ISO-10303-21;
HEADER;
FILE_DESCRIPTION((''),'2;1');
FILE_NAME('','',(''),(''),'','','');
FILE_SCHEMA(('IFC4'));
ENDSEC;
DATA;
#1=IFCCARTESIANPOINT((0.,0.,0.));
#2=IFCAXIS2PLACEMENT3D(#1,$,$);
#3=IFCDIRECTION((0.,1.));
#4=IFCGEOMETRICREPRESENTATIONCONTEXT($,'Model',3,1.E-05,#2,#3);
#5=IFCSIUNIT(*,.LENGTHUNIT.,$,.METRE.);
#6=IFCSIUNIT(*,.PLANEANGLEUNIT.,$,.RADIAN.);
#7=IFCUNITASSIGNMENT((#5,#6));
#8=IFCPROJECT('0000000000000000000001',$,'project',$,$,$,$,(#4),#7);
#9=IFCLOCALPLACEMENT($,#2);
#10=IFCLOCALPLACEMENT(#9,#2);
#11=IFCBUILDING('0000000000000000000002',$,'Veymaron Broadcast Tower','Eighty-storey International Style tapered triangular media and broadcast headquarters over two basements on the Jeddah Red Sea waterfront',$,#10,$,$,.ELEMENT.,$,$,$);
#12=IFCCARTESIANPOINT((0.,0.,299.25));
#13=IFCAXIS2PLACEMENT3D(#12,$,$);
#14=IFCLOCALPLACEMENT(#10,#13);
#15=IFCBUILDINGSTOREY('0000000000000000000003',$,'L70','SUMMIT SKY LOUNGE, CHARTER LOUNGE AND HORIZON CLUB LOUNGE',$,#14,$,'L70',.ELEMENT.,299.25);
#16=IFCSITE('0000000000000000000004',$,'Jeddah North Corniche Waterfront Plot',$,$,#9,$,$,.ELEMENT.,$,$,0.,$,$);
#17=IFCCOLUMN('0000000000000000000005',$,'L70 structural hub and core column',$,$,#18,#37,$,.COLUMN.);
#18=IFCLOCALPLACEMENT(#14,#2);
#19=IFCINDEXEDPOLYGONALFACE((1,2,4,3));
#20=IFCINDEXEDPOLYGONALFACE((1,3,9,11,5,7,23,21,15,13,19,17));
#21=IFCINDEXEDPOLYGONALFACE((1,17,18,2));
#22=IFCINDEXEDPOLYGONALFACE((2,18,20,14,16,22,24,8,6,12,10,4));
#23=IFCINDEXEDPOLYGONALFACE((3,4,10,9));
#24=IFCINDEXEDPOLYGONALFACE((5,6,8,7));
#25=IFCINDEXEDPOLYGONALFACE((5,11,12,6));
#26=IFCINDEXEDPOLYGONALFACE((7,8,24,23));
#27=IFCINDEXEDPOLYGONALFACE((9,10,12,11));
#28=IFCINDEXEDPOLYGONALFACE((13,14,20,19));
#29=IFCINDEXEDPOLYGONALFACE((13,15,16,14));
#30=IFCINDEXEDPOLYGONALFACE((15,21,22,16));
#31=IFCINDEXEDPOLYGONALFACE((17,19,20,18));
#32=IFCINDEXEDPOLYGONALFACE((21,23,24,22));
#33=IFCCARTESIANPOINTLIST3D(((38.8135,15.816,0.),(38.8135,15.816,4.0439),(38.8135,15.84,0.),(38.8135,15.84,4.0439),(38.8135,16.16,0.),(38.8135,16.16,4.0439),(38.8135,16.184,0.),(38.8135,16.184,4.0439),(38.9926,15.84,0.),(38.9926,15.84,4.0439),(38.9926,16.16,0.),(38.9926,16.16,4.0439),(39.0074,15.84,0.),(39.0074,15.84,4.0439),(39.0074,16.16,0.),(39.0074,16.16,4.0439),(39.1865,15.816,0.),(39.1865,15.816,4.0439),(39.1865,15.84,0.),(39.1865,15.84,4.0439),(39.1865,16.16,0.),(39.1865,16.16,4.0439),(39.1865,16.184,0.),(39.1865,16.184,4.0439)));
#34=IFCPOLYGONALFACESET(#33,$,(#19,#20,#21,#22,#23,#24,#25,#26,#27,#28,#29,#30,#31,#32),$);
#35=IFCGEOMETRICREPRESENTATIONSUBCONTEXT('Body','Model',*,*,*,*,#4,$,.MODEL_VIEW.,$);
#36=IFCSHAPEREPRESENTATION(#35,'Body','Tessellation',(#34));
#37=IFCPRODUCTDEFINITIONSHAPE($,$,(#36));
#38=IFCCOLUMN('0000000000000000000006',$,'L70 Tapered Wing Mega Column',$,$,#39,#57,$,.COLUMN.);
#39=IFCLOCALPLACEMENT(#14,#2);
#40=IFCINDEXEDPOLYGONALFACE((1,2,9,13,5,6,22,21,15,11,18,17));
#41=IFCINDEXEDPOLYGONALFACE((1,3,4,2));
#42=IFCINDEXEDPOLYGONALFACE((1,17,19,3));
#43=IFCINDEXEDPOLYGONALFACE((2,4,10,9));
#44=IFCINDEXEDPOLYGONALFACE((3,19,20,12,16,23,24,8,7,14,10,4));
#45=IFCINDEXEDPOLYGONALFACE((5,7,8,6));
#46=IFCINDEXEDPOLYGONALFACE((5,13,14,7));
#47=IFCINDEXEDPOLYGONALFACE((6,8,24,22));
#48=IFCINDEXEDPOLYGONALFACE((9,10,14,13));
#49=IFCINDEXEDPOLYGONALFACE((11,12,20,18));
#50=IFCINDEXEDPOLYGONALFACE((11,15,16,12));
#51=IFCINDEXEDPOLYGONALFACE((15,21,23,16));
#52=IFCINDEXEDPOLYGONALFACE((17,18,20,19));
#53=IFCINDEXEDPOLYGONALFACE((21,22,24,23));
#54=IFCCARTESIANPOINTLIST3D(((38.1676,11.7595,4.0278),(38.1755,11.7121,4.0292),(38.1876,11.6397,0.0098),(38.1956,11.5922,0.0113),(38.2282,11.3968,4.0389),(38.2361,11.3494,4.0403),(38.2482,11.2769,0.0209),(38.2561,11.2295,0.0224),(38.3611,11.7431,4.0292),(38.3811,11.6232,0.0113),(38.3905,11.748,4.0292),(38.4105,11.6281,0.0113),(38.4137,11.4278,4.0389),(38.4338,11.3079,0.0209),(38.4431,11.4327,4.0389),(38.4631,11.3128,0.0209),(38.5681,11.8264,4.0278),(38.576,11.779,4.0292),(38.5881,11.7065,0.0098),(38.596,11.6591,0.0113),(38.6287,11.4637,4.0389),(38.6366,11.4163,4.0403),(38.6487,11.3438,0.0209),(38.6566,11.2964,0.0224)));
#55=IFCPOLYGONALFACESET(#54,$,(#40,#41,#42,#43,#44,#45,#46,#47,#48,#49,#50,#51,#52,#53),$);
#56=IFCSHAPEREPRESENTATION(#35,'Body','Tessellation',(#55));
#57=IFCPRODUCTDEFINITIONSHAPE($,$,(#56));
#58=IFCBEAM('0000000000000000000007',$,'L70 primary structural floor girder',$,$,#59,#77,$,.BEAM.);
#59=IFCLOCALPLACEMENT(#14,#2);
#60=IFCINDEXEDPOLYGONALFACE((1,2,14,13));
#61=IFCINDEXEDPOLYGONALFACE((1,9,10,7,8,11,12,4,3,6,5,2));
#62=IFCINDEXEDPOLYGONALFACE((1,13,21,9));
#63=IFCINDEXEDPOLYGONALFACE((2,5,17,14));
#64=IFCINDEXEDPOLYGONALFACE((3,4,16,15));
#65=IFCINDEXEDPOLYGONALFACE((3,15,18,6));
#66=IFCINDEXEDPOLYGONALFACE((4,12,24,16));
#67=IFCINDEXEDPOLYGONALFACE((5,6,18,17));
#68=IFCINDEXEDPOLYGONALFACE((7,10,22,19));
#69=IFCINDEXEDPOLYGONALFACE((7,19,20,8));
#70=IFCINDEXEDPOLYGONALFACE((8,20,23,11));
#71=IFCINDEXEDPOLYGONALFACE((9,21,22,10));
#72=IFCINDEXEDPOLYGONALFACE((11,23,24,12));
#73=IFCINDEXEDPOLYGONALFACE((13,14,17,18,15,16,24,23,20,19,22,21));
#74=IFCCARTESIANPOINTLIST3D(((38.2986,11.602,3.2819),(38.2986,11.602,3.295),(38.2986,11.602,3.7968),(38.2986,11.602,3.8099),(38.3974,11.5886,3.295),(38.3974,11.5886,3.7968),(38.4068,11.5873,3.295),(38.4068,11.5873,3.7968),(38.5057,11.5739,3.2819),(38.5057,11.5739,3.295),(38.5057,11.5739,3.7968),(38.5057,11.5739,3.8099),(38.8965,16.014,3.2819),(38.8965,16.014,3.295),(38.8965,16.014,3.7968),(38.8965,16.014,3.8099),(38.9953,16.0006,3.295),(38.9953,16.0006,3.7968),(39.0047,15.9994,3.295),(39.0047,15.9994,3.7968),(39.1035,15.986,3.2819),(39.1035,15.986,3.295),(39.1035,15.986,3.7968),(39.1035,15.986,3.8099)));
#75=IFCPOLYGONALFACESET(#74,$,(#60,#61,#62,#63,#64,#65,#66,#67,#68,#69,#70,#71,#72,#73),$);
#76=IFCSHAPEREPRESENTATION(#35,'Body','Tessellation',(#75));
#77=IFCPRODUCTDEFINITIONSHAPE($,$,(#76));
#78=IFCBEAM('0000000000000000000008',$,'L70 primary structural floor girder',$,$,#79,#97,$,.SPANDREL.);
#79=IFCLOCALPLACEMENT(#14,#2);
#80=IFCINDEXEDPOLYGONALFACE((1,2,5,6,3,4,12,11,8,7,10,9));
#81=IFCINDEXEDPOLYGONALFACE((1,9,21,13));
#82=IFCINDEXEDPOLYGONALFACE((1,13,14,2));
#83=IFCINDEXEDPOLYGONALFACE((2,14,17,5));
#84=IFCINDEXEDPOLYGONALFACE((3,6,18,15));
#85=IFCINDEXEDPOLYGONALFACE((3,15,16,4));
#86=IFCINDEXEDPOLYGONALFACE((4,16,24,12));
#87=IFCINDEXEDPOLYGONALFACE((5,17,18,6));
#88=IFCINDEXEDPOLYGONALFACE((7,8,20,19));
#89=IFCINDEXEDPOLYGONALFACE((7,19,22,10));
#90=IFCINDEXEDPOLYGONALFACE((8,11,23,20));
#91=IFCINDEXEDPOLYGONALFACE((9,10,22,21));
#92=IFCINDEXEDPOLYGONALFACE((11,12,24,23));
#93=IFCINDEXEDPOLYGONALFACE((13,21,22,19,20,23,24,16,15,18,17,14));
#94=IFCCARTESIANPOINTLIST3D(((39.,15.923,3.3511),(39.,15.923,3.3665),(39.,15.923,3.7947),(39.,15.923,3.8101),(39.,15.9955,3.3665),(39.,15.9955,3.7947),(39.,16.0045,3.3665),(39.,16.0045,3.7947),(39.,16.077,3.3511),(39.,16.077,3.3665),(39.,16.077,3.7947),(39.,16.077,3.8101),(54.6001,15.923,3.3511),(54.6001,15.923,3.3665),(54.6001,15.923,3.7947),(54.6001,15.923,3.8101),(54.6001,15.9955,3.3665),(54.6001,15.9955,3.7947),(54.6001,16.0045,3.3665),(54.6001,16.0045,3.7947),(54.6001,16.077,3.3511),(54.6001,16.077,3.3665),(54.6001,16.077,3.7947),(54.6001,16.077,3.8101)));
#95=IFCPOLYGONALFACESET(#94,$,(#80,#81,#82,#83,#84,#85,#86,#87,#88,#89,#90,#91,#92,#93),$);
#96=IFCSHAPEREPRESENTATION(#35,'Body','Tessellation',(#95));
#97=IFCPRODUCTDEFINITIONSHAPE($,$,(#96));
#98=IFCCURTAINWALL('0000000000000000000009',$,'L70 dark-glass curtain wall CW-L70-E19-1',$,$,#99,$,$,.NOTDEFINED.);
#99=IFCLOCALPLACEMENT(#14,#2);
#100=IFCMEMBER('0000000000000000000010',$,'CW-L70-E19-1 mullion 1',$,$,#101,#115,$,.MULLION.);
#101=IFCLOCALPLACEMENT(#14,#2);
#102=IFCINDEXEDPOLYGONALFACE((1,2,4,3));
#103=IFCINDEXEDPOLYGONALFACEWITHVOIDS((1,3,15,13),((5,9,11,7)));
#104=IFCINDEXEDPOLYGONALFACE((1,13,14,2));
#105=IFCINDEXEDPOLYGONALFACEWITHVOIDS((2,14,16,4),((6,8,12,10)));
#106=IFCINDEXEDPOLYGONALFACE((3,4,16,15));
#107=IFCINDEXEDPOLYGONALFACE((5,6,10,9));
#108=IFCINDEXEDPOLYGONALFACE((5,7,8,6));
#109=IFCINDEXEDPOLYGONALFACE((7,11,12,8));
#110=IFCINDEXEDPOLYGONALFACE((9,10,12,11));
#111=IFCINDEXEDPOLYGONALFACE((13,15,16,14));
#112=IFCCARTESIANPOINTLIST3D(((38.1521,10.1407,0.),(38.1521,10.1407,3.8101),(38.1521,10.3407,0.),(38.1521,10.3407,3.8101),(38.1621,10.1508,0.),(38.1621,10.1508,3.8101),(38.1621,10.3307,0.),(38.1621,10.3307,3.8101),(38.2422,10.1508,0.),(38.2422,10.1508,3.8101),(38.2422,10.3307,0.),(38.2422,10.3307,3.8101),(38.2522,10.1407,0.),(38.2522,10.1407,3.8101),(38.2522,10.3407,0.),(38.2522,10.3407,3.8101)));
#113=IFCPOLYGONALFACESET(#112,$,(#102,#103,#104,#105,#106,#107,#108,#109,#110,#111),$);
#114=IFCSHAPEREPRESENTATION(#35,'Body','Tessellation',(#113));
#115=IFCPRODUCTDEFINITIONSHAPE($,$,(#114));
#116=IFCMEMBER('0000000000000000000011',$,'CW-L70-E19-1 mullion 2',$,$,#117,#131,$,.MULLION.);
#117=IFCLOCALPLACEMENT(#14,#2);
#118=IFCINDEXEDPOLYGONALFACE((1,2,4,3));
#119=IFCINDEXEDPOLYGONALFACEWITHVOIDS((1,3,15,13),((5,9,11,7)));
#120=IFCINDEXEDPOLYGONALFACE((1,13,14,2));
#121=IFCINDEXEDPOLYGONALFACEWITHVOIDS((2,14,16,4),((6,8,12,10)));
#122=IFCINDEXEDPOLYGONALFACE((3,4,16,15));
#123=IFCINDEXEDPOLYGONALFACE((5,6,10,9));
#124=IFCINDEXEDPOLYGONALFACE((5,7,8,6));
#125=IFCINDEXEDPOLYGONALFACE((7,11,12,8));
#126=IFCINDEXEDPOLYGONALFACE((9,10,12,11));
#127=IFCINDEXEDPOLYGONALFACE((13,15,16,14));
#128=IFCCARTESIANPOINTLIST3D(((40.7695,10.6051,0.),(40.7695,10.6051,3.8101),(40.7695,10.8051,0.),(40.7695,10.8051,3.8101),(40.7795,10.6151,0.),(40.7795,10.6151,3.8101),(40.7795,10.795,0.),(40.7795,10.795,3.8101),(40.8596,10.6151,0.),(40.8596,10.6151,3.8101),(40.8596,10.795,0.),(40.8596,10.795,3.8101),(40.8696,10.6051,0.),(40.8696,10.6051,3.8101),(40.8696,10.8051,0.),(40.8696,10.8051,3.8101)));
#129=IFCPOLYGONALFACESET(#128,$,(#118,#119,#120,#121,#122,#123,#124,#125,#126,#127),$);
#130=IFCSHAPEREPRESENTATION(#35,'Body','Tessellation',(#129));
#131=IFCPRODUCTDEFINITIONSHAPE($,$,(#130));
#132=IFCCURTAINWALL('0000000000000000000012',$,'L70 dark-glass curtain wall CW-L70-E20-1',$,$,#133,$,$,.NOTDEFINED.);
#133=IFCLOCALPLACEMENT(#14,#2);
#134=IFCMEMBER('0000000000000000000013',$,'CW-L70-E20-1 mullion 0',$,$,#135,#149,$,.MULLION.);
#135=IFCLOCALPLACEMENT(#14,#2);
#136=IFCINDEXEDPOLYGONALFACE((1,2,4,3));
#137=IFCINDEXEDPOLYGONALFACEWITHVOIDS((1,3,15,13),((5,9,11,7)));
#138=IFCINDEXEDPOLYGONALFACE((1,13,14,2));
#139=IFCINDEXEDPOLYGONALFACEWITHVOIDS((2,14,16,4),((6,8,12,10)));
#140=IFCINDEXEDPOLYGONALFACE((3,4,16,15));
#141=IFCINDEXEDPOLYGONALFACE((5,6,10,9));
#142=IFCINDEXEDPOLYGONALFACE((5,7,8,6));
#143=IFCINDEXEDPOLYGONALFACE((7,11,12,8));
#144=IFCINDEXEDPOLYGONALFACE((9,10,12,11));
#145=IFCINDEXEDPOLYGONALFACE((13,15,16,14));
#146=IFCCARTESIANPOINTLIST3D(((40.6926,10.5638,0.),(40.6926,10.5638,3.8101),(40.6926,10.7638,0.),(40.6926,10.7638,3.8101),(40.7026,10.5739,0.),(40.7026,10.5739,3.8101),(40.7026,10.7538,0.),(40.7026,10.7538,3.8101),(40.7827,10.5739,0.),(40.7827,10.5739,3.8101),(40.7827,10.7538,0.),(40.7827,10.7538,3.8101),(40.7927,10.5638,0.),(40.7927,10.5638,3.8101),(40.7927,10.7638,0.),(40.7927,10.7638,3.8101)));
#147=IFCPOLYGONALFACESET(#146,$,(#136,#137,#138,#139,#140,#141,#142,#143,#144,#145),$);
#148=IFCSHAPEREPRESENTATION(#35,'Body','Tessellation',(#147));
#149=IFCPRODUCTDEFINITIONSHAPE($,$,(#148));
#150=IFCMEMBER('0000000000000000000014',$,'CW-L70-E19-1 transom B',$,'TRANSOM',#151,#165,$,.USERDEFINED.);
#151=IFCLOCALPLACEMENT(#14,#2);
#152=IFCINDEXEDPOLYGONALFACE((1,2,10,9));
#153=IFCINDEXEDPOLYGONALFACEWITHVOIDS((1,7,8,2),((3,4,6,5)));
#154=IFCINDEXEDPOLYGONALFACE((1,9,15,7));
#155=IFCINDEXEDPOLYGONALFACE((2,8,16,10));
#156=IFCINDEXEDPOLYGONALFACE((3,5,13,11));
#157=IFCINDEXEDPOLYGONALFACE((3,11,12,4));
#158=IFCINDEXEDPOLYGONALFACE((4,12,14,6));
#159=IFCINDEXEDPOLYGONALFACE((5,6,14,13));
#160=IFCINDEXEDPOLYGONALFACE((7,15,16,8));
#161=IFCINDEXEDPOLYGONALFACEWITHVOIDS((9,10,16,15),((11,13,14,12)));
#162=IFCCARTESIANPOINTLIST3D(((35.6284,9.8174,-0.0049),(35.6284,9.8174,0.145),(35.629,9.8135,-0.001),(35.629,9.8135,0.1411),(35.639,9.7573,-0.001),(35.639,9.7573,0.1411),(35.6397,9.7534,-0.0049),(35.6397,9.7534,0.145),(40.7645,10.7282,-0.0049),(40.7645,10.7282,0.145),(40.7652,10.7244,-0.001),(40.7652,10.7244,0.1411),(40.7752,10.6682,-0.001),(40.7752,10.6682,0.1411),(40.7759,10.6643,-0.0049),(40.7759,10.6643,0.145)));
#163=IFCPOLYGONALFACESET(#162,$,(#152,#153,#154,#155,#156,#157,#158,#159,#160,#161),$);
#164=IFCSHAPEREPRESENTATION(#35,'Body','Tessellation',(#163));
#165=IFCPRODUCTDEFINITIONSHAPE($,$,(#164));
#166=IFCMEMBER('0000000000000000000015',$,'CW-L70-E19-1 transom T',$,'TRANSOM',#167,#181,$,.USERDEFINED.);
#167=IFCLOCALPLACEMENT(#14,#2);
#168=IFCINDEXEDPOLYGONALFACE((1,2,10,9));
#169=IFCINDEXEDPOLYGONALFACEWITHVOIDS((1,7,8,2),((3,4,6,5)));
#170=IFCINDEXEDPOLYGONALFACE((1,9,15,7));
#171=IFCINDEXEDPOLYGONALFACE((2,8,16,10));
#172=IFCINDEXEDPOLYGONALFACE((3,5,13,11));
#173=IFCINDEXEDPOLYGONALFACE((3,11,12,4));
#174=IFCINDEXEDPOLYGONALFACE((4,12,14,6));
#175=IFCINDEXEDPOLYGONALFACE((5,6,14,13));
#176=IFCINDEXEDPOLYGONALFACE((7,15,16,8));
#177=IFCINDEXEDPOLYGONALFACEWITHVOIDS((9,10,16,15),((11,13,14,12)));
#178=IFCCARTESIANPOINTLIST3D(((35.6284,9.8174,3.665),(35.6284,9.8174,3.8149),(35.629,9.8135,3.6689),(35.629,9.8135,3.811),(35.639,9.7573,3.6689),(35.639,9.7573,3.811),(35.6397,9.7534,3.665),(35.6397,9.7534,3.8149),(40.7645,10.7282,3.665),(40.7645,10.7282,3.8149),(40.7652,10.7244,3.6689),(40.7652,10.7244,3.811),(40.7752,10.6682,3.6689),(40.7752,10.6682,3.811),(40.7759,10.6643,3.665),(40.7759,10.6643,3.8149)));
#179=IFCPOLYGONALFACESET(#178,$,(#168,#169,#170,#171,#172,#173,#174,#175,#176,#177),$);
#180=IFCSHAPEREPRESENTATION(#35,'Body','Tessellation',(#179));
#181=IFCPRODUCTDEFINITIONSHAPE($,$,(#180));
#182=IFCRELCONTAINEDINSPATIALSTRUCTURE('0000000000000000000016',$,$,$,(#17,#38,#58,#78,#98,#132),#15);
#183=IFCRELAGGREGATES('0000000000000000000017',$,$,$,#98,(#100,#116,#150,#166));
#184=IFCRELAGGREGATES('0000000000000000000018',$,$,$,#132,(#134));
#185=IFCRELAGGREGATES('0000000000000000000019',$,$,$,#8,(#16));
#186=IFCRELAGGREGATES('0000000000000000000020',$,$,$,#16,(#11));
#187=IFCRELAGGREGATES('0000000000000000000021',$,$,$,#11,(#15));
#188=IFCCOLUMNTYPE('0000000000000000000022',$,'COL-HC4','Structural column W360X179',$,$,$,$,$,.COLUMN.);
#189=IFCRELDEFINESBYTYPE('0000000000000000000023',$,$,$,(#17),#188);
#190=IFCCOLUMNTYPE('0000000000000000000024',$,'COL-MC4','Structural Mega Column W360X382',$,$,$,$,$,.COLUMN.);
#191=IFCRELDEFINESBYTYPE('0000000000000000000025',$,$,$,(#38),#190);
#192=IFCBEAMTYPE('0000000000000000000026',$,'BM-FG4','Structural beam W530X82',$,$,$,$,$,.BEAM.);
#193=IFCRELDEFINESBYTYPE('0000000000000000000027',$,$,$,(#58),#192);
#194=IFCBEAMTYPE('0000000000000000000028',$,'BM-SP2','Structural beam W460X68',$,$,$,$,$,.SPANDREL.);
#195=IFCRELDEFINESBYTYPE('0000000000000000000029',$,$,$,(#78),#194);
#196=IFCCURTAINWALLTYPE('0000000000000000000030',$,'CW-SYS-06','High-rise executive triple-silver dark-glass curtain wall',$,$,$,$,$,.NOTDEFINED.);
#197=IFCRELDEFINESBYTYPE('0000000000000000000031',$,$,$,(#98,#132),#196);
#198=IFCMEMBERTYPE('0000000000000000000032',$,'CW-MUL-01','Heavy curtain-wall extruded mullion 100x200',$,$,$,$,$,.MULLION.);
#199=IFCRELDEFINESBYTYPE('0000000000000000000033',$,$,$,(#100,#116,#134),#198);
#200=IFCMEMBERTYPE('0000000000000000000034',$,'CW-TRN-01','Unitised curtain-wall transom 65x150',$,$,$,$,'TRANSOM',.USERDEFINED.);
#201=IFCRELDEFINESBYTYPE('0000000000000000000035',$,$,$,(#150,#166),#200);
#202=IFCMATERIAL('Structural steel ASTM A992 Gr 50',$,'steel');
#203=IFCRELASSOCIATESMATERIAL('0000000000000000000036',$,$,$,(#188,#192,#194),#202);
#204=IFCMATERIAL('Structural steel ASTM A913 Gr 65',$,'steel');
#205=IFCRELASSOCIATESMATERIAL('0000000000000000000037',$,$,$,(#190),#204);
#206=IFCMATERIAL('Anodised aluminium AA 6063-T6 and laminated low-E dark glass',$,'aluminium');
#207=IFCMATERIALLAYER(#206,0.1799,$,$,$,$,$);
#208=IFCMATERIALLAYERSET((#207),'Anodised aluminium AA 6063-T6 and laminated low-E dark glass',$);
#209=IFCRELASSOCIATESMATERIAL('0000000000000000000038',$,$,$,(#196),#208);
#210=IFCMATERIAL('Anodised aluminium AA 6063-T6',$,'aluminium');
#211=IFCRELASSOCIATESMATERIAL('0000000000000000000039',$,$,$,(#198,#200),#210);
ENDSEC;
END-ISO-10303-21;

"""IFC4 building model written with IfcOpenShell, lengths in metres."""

from ifc_helpers import new_model, si_unit, direction, frame, origin, origin_2d, place, context, subcontext, project, spatial, hollow_rectangle, i_section, extrude, material, layer, layer_set, material_profile, profile_set, type_object, element, aggregate, save


model = new_model("IFC4")

# Units and contexts
model_context = context("Model", 3, precision=1e-05, world=origin(), true_north=direction((0.0, 1.0)))
body_context = subcontext(model_context, "Body", "Model", "MODEL_VIEW")
ifc_project = project(units=[si_unit("LENGTHUNIT", "METRE"), si_unit("PLANEANGLEUNIT", "RADIAN")], contexts=[model_context])

# Site, building, storey
site_placement = place(None, origin())
site = spatial("IfcSite", under=ifc_project, at=site_placement, Name="Jeddah North Corniche Waterfront Plot", CompositionType="ELEMENT", RefElevation=0.0)
building_placement = place(site_placement, origin())
building = spatial("IfcBuilding", under=site, at=building_placement, Name="Veymaron Broadcast Tower", Description="Eighty-storey International Style tapered triangular media and broadcast headquarters over two basements on the Jeddah Red Sea waterfront", CompositionType="ELEMENT")
storey_placement = place(building_placement, frame((0.0, 0.0, 299.25)))
storey = spatial("IfcBuildingStorey", under=building, at=storey_placement, Name="L70", Description="SUMMIT SKY LOUNGE, CHARTER LOUNGE AND HORIZON CLUB LOUNGE", LongName="L70", CompositionType="ELEMENT", Elevation=299.25)

# Columns
ifc_material_1 = material(Name="Structural steel ASTM A992 Gr 50", Category="steel")
ifc_material_profile_1 = material_profile(ifc_material_1, i_section(OverallWidth=0.373, OverallDepth=0.3679, WebThickness=0.0149, FlangeThickness=0.0239, at=origin_2d()), Name="W360X179")
ifc_profile_set_1 = profile_set([ifc_material_profile_1], Name="Structural steel ASTM A992 Gr 50")
column_type_1 = type_object("IfcColumnType", Name="COL-HC4", Description="Structural column W360X179", PredefinedType="COLUMN", material=ifc_profile_set_1)
column_1_placement = place(storey_placement, frame((39.0, 16.0, 0.0), z_axis=(0.0, 0.0, 1.0), x_axis=(1.0, 0.0, 0.0)))
element("IfcColumn", 1, at=column_1_placement, inside=storey, type_object=column_type_1, Name="L70 structural hub and core column", PredefinedType="COLUMN", context=body_context, shape_type="SweptSolid", body=[
    extrude(i_section(OverallWidth=0.373, OverallDepth=0.3679, WebThickness=0.0149, FlangeThickness=0.0239, at=origin_2d()), origin(), (0.0, 0.0, 1.0), 4.0439),
])
ifc_material_2 = material(Name="Structural steel ASTM A913 Gr 65", Category="steel")
ifc_material_profile_2 = material_profile(ifc_material_2, i_section(OverallWidth=0.406, OverallDepth=0.416, WebThickness=0.0298, FlangeThickness=0.0481, at=origin_2d()), Name="W360X382")
ifc_profile_set_2 = profile_set([ifc_material_profile_2], Name="Structural steel ASTM A913 Gr 65")
column_type_2 = type_object("IfcColumnType", Name="COL-MC4", Description="Structural Mega Column W360X382", PredefinedType="COLUMN", material=ifc_profile_set_2)
column_2_placement = place(storey_placement, frame((38.4221, 11.468, 0.0161), z_axis=(-0.00498, 0.029822, 0.999543), x_axis=(-0.98634, -0.164725, 0.0)))
element("IfcColumn", 2, at=column_2_placement, inside=storey, type_object=column_type_2, Name="L70 Tapered Wing Mega Column", PredefinedType="COLUMN", context=body_context, shape_type="SweptSolid", body=[
    extrude(i_section(OverallWidth=0.406, OverallDepth=0.416, WebThickness=0.0298, FlangeThickness=0.0481, at=origin_2d()), origin(), (0.0, 0.0, 1.0), 4.0198),
])

# Beams
ifc_material_profile_3 = material_profile(ifc_material_1, i_section(OverallWidth=0.209, OverallDepth=0.5281, WebThickness=0.0095, FlangeThickness=0.0132, at=origin_2d()), Name="W530X82")
ifc_profile_set_3 = profile_set([ifc_material_profile_3], Name="Structural steel ASTM A992 Gr 50")
beam_type_1 = type_object("IfcBeamType", Name="BM-FG4", Description="Structural beam W530X82", PredefinedType="BEAM", material=ifc_profile_set_3)
beam_1_placement = place(storey_placement, frame((39.0, 16.0, 3.5459), z_axis=(-0.134286, -0.990943, 0.0), x_axis=(0.990943, -0.134286, 0.0)))
element("IfcBeam", 3, at=beam_1_placement, inside=storey, type_object=beam_type_1, Name="L70 primary structural floor girder", PredefinedType="BEAM", context=body_context, shape_type="SweptSolid", body=[
    extrude(i_section(OverallWidth=0.209, OverallDepth=0.5281, WebThickness=0.0095, FlangeThickness=0.0132, at=origin_2d()), origin(), (0.0, 0.0, 1.0), 4.4524),
])
ifc_material_profile_4 = material_profile(ifc_material_1, i_section(OverallWidth=0.1541, OverallDepth=0.459, WebThickness=0.009, FlangeThickness=0.0154, at=origin_2d()), Name="W460X68")
ifc_profile_set_4 = profile_set([ifc_material_profile_4], Name="Structural steel ASTM A992 Gr 50")
beam_type_2 = type_object("IfcBeamType", Name="BM-SP2", Description="Structural beam W460X68", PredefinedType="SPANDREL", material=ifc_profile_set_4)
beam_2_placement = place(storey_placement, frame((39.0, 16.0, 3.5806), z_axis=(1.0, 0.0, 0.0), x_axis=(0.0, 1.0, 0.0)))
element("IfcBeam", 4, at=beam_2_placement, inside=storey, type_object=beam_type_2, Name="L70 primary structural floor girder", PredefinedType="SPANDREL", context=body_context, shape_type="SweptSolid", body=[
    extrude(i_section(OverallWidth=0.1541, OverallDepth=0.459, WebThickness=0.009, FlangeThickness=0.0154, at=origin_2d()), origin(), (0.0, 0.0, 1.0), 15.6001),
])

# Curtain wall, members
ifc_material_3 = material(Name="Anodised aluminium AA 6063-T6 and laminated low-E dark glass", Category="aluminium")
ifc_layer_1 = layer(ifc_material_3, 0.1799)
ifc_layer_set_1 = layer_set([ifc_layer_1], Name="Anodised aluminium AA 6063-T6 and laminated low-E dark glass")
curtain_wall_type = type_object("IfcCurtainWallType", Name="CW-SYS-06", Description="High-rise executive triple-silver dark-glass curtain wall", PredefinedType="NOTDEFINED", material=ifc_layer_set_1)
curtain_wall_1_placement = place(storey_placement, origin())
curtain_wall_1 = element("IfcCurtainWall", 5, at=curtain_wall_1_placement, inside=storey, type_object=curtain_wall_type, Name="L70 dark-glass curtain wall CW-L70-E19-1", PredefinedType="NOTDEFINED")
ifc_material_4 = material(Name="Anodised aluminium AA 6063-T6", Category="aluminium")
ifc_material_profile_5 = material_profile(ifc_material_4, hollow_rectangle(XDim=0.1001, YDim=0.2, WallThickness=0.01, at=origin_2d()), Name="RHS200X100X10")
ifc_profile_set_5 = profile_set([ifc_material_profile_5], Name="Anodised aluminium AA 6063-T6")
member_type_1 = type_object("IfcMemberType", Name="CW-MUL-01", Description="Heavy curtain-wall extruded mullion 100x200", PredefinedType="MULLION", material=ifc_profile_set_5)
member_1_placement = place(storey_placement, frame((38.2021, 10.2407, 0.0), z_axis=(0.0, 0.0, 1.0), x_axis=(1.0, 0.0, 0.0)))
member_1 = element("IfcMember", 6, at=member_1_placement, type_object=member_type_1, Name="CW-L70-E19-1 mullion 1", PredefinedType="MULLION", context=body_context, shape_type="SweptSolid", body=[
    extrude(hollow_rectangle(XDim=0.1001, YDim=0.2, WallThickness=0.01, at=origin_2d()), origin(), (0.0, 0.0, 1.0), 3.8101),
])
member_2_placement = place(storey_placement, frame((40.8196, 10.7051, 0.0), z_axis=(0.0, 0.0, 1.0), x_axis=(1.0, 0.0, 0.0)))
member_2 = element("IfcMember", 7, at=member_2_placement, type_object=member_type_1, Name="CW-L70-E19-1 mullion 2", PredefinedType="MULLION", context=body_context, shape_type="SweptSolid", body=[
    extrude(hollow_rectangle(XDim=0.1001, YDim=0.2, WallThickness=0.01, at=origin_2d()), origin(), (0.0, 0.0, 1.0), 3.8101),
])

# Curtain wall, member
curtain_wall_2_placement = place(storey_placement, origin())
curtain_wall_2 = element("IfcCurtainWall", 8, at=curtain_wall_2_placement, inside=storey, type_object=curtain_wall_type, Name="L70 dark-glass curtain wall CW-L70-E20-1", PredefinedType="NOTDEFINED")
member_3_placement = place(storey_placement, frame((40.7427, 10.6638, 0.0), z_axis=(0.0, 0.0, 1.0), x_axis=(1.0, 0.0, 0.0)))
member_3 = element("IfcMember", 9, at=member_3_placement, type_object=member_type_1, Name="CW-L70-E20-1 mullion 0", PredefinedType="MULLION", context=body_context, shape_type="SweptSolid", body=[
    extrude(hollow_rectangle(XDim=0.1001, YDim=0.2, WallThickness=0.01, at=origin_2d()), origin(), (0.0, 0.0, 1.0), 3.8101),
])

# Members
ifc_material_profile_6 = material_profile(ifc_material_4, hollow_rectangle(XDim=0.0649, YDim=0.1499, WallThickness=0.0039, at=origin_2d()), Name="AL150X65X4")
ifc_profile_set_6 = profile_set([ifc_material_profile_6], Name="Anodised aluminium AA 6063-T6")
member_type_2 = type_object("IfcMemberType", Name="CW-TRN-01", Description="Unitised curtain-wall transom 65x150", ElementType="TRANSOM", PredefinedType="USERDEFINED", material=ifc_profile_set_6)
member_4_placement = place(storey_placement, frame((35.634, 9.7854, 0.0701), z_axis=(0.984636, 0.174621, 0.0), x_axis=(-0.174621, 0.984636, 0.0)))
member_4 = element("IfcMember", 10, at=member_4_placement, type_object=member_type_2, Name="CW-L70-E19-1 transom B", ObjectType="TRANSOM", PredefinedType="USERDEFINED", context=body_context, shape_type="SweptSolid", body=[
    extrude(hollow_rectangle(XDim=0.0649, YDim=0.1499, WallThickness=0.0039, at=origin_2d()), origin(), (0.0, 0.0, 1.0), 5.2163),
])
member_5_placement = place(storey_placement, frame((35.634, 9.7854, 3.74), z_axis=(0.984636, 0.174621, 0.0), x_axis=(-0.174621, 0.984636, 0.0)))
member_5 = element("IfcMember", 11, at=member_5_placement, type_object=member_type_2, Name="CW-L70-E19-1 transom T", ObjectType="TRANSOM", PredefinedType="USERDEFINED", context=body_context, shape_type="SweptSolid", body=[
    extrude(hollow_rectangle(XDim=0.0649, YDim=0.1499, WallThickness=0.0039, at=origin_2d()), origin(), (0.0, 0.0, 1.0), 5.2163),
])

aggregate(curtain_wall_1, [member_1, member_2, member_4, member_5])
aggregate(curtain_wall_2, [member_3])

save(model, "model.ifc")
